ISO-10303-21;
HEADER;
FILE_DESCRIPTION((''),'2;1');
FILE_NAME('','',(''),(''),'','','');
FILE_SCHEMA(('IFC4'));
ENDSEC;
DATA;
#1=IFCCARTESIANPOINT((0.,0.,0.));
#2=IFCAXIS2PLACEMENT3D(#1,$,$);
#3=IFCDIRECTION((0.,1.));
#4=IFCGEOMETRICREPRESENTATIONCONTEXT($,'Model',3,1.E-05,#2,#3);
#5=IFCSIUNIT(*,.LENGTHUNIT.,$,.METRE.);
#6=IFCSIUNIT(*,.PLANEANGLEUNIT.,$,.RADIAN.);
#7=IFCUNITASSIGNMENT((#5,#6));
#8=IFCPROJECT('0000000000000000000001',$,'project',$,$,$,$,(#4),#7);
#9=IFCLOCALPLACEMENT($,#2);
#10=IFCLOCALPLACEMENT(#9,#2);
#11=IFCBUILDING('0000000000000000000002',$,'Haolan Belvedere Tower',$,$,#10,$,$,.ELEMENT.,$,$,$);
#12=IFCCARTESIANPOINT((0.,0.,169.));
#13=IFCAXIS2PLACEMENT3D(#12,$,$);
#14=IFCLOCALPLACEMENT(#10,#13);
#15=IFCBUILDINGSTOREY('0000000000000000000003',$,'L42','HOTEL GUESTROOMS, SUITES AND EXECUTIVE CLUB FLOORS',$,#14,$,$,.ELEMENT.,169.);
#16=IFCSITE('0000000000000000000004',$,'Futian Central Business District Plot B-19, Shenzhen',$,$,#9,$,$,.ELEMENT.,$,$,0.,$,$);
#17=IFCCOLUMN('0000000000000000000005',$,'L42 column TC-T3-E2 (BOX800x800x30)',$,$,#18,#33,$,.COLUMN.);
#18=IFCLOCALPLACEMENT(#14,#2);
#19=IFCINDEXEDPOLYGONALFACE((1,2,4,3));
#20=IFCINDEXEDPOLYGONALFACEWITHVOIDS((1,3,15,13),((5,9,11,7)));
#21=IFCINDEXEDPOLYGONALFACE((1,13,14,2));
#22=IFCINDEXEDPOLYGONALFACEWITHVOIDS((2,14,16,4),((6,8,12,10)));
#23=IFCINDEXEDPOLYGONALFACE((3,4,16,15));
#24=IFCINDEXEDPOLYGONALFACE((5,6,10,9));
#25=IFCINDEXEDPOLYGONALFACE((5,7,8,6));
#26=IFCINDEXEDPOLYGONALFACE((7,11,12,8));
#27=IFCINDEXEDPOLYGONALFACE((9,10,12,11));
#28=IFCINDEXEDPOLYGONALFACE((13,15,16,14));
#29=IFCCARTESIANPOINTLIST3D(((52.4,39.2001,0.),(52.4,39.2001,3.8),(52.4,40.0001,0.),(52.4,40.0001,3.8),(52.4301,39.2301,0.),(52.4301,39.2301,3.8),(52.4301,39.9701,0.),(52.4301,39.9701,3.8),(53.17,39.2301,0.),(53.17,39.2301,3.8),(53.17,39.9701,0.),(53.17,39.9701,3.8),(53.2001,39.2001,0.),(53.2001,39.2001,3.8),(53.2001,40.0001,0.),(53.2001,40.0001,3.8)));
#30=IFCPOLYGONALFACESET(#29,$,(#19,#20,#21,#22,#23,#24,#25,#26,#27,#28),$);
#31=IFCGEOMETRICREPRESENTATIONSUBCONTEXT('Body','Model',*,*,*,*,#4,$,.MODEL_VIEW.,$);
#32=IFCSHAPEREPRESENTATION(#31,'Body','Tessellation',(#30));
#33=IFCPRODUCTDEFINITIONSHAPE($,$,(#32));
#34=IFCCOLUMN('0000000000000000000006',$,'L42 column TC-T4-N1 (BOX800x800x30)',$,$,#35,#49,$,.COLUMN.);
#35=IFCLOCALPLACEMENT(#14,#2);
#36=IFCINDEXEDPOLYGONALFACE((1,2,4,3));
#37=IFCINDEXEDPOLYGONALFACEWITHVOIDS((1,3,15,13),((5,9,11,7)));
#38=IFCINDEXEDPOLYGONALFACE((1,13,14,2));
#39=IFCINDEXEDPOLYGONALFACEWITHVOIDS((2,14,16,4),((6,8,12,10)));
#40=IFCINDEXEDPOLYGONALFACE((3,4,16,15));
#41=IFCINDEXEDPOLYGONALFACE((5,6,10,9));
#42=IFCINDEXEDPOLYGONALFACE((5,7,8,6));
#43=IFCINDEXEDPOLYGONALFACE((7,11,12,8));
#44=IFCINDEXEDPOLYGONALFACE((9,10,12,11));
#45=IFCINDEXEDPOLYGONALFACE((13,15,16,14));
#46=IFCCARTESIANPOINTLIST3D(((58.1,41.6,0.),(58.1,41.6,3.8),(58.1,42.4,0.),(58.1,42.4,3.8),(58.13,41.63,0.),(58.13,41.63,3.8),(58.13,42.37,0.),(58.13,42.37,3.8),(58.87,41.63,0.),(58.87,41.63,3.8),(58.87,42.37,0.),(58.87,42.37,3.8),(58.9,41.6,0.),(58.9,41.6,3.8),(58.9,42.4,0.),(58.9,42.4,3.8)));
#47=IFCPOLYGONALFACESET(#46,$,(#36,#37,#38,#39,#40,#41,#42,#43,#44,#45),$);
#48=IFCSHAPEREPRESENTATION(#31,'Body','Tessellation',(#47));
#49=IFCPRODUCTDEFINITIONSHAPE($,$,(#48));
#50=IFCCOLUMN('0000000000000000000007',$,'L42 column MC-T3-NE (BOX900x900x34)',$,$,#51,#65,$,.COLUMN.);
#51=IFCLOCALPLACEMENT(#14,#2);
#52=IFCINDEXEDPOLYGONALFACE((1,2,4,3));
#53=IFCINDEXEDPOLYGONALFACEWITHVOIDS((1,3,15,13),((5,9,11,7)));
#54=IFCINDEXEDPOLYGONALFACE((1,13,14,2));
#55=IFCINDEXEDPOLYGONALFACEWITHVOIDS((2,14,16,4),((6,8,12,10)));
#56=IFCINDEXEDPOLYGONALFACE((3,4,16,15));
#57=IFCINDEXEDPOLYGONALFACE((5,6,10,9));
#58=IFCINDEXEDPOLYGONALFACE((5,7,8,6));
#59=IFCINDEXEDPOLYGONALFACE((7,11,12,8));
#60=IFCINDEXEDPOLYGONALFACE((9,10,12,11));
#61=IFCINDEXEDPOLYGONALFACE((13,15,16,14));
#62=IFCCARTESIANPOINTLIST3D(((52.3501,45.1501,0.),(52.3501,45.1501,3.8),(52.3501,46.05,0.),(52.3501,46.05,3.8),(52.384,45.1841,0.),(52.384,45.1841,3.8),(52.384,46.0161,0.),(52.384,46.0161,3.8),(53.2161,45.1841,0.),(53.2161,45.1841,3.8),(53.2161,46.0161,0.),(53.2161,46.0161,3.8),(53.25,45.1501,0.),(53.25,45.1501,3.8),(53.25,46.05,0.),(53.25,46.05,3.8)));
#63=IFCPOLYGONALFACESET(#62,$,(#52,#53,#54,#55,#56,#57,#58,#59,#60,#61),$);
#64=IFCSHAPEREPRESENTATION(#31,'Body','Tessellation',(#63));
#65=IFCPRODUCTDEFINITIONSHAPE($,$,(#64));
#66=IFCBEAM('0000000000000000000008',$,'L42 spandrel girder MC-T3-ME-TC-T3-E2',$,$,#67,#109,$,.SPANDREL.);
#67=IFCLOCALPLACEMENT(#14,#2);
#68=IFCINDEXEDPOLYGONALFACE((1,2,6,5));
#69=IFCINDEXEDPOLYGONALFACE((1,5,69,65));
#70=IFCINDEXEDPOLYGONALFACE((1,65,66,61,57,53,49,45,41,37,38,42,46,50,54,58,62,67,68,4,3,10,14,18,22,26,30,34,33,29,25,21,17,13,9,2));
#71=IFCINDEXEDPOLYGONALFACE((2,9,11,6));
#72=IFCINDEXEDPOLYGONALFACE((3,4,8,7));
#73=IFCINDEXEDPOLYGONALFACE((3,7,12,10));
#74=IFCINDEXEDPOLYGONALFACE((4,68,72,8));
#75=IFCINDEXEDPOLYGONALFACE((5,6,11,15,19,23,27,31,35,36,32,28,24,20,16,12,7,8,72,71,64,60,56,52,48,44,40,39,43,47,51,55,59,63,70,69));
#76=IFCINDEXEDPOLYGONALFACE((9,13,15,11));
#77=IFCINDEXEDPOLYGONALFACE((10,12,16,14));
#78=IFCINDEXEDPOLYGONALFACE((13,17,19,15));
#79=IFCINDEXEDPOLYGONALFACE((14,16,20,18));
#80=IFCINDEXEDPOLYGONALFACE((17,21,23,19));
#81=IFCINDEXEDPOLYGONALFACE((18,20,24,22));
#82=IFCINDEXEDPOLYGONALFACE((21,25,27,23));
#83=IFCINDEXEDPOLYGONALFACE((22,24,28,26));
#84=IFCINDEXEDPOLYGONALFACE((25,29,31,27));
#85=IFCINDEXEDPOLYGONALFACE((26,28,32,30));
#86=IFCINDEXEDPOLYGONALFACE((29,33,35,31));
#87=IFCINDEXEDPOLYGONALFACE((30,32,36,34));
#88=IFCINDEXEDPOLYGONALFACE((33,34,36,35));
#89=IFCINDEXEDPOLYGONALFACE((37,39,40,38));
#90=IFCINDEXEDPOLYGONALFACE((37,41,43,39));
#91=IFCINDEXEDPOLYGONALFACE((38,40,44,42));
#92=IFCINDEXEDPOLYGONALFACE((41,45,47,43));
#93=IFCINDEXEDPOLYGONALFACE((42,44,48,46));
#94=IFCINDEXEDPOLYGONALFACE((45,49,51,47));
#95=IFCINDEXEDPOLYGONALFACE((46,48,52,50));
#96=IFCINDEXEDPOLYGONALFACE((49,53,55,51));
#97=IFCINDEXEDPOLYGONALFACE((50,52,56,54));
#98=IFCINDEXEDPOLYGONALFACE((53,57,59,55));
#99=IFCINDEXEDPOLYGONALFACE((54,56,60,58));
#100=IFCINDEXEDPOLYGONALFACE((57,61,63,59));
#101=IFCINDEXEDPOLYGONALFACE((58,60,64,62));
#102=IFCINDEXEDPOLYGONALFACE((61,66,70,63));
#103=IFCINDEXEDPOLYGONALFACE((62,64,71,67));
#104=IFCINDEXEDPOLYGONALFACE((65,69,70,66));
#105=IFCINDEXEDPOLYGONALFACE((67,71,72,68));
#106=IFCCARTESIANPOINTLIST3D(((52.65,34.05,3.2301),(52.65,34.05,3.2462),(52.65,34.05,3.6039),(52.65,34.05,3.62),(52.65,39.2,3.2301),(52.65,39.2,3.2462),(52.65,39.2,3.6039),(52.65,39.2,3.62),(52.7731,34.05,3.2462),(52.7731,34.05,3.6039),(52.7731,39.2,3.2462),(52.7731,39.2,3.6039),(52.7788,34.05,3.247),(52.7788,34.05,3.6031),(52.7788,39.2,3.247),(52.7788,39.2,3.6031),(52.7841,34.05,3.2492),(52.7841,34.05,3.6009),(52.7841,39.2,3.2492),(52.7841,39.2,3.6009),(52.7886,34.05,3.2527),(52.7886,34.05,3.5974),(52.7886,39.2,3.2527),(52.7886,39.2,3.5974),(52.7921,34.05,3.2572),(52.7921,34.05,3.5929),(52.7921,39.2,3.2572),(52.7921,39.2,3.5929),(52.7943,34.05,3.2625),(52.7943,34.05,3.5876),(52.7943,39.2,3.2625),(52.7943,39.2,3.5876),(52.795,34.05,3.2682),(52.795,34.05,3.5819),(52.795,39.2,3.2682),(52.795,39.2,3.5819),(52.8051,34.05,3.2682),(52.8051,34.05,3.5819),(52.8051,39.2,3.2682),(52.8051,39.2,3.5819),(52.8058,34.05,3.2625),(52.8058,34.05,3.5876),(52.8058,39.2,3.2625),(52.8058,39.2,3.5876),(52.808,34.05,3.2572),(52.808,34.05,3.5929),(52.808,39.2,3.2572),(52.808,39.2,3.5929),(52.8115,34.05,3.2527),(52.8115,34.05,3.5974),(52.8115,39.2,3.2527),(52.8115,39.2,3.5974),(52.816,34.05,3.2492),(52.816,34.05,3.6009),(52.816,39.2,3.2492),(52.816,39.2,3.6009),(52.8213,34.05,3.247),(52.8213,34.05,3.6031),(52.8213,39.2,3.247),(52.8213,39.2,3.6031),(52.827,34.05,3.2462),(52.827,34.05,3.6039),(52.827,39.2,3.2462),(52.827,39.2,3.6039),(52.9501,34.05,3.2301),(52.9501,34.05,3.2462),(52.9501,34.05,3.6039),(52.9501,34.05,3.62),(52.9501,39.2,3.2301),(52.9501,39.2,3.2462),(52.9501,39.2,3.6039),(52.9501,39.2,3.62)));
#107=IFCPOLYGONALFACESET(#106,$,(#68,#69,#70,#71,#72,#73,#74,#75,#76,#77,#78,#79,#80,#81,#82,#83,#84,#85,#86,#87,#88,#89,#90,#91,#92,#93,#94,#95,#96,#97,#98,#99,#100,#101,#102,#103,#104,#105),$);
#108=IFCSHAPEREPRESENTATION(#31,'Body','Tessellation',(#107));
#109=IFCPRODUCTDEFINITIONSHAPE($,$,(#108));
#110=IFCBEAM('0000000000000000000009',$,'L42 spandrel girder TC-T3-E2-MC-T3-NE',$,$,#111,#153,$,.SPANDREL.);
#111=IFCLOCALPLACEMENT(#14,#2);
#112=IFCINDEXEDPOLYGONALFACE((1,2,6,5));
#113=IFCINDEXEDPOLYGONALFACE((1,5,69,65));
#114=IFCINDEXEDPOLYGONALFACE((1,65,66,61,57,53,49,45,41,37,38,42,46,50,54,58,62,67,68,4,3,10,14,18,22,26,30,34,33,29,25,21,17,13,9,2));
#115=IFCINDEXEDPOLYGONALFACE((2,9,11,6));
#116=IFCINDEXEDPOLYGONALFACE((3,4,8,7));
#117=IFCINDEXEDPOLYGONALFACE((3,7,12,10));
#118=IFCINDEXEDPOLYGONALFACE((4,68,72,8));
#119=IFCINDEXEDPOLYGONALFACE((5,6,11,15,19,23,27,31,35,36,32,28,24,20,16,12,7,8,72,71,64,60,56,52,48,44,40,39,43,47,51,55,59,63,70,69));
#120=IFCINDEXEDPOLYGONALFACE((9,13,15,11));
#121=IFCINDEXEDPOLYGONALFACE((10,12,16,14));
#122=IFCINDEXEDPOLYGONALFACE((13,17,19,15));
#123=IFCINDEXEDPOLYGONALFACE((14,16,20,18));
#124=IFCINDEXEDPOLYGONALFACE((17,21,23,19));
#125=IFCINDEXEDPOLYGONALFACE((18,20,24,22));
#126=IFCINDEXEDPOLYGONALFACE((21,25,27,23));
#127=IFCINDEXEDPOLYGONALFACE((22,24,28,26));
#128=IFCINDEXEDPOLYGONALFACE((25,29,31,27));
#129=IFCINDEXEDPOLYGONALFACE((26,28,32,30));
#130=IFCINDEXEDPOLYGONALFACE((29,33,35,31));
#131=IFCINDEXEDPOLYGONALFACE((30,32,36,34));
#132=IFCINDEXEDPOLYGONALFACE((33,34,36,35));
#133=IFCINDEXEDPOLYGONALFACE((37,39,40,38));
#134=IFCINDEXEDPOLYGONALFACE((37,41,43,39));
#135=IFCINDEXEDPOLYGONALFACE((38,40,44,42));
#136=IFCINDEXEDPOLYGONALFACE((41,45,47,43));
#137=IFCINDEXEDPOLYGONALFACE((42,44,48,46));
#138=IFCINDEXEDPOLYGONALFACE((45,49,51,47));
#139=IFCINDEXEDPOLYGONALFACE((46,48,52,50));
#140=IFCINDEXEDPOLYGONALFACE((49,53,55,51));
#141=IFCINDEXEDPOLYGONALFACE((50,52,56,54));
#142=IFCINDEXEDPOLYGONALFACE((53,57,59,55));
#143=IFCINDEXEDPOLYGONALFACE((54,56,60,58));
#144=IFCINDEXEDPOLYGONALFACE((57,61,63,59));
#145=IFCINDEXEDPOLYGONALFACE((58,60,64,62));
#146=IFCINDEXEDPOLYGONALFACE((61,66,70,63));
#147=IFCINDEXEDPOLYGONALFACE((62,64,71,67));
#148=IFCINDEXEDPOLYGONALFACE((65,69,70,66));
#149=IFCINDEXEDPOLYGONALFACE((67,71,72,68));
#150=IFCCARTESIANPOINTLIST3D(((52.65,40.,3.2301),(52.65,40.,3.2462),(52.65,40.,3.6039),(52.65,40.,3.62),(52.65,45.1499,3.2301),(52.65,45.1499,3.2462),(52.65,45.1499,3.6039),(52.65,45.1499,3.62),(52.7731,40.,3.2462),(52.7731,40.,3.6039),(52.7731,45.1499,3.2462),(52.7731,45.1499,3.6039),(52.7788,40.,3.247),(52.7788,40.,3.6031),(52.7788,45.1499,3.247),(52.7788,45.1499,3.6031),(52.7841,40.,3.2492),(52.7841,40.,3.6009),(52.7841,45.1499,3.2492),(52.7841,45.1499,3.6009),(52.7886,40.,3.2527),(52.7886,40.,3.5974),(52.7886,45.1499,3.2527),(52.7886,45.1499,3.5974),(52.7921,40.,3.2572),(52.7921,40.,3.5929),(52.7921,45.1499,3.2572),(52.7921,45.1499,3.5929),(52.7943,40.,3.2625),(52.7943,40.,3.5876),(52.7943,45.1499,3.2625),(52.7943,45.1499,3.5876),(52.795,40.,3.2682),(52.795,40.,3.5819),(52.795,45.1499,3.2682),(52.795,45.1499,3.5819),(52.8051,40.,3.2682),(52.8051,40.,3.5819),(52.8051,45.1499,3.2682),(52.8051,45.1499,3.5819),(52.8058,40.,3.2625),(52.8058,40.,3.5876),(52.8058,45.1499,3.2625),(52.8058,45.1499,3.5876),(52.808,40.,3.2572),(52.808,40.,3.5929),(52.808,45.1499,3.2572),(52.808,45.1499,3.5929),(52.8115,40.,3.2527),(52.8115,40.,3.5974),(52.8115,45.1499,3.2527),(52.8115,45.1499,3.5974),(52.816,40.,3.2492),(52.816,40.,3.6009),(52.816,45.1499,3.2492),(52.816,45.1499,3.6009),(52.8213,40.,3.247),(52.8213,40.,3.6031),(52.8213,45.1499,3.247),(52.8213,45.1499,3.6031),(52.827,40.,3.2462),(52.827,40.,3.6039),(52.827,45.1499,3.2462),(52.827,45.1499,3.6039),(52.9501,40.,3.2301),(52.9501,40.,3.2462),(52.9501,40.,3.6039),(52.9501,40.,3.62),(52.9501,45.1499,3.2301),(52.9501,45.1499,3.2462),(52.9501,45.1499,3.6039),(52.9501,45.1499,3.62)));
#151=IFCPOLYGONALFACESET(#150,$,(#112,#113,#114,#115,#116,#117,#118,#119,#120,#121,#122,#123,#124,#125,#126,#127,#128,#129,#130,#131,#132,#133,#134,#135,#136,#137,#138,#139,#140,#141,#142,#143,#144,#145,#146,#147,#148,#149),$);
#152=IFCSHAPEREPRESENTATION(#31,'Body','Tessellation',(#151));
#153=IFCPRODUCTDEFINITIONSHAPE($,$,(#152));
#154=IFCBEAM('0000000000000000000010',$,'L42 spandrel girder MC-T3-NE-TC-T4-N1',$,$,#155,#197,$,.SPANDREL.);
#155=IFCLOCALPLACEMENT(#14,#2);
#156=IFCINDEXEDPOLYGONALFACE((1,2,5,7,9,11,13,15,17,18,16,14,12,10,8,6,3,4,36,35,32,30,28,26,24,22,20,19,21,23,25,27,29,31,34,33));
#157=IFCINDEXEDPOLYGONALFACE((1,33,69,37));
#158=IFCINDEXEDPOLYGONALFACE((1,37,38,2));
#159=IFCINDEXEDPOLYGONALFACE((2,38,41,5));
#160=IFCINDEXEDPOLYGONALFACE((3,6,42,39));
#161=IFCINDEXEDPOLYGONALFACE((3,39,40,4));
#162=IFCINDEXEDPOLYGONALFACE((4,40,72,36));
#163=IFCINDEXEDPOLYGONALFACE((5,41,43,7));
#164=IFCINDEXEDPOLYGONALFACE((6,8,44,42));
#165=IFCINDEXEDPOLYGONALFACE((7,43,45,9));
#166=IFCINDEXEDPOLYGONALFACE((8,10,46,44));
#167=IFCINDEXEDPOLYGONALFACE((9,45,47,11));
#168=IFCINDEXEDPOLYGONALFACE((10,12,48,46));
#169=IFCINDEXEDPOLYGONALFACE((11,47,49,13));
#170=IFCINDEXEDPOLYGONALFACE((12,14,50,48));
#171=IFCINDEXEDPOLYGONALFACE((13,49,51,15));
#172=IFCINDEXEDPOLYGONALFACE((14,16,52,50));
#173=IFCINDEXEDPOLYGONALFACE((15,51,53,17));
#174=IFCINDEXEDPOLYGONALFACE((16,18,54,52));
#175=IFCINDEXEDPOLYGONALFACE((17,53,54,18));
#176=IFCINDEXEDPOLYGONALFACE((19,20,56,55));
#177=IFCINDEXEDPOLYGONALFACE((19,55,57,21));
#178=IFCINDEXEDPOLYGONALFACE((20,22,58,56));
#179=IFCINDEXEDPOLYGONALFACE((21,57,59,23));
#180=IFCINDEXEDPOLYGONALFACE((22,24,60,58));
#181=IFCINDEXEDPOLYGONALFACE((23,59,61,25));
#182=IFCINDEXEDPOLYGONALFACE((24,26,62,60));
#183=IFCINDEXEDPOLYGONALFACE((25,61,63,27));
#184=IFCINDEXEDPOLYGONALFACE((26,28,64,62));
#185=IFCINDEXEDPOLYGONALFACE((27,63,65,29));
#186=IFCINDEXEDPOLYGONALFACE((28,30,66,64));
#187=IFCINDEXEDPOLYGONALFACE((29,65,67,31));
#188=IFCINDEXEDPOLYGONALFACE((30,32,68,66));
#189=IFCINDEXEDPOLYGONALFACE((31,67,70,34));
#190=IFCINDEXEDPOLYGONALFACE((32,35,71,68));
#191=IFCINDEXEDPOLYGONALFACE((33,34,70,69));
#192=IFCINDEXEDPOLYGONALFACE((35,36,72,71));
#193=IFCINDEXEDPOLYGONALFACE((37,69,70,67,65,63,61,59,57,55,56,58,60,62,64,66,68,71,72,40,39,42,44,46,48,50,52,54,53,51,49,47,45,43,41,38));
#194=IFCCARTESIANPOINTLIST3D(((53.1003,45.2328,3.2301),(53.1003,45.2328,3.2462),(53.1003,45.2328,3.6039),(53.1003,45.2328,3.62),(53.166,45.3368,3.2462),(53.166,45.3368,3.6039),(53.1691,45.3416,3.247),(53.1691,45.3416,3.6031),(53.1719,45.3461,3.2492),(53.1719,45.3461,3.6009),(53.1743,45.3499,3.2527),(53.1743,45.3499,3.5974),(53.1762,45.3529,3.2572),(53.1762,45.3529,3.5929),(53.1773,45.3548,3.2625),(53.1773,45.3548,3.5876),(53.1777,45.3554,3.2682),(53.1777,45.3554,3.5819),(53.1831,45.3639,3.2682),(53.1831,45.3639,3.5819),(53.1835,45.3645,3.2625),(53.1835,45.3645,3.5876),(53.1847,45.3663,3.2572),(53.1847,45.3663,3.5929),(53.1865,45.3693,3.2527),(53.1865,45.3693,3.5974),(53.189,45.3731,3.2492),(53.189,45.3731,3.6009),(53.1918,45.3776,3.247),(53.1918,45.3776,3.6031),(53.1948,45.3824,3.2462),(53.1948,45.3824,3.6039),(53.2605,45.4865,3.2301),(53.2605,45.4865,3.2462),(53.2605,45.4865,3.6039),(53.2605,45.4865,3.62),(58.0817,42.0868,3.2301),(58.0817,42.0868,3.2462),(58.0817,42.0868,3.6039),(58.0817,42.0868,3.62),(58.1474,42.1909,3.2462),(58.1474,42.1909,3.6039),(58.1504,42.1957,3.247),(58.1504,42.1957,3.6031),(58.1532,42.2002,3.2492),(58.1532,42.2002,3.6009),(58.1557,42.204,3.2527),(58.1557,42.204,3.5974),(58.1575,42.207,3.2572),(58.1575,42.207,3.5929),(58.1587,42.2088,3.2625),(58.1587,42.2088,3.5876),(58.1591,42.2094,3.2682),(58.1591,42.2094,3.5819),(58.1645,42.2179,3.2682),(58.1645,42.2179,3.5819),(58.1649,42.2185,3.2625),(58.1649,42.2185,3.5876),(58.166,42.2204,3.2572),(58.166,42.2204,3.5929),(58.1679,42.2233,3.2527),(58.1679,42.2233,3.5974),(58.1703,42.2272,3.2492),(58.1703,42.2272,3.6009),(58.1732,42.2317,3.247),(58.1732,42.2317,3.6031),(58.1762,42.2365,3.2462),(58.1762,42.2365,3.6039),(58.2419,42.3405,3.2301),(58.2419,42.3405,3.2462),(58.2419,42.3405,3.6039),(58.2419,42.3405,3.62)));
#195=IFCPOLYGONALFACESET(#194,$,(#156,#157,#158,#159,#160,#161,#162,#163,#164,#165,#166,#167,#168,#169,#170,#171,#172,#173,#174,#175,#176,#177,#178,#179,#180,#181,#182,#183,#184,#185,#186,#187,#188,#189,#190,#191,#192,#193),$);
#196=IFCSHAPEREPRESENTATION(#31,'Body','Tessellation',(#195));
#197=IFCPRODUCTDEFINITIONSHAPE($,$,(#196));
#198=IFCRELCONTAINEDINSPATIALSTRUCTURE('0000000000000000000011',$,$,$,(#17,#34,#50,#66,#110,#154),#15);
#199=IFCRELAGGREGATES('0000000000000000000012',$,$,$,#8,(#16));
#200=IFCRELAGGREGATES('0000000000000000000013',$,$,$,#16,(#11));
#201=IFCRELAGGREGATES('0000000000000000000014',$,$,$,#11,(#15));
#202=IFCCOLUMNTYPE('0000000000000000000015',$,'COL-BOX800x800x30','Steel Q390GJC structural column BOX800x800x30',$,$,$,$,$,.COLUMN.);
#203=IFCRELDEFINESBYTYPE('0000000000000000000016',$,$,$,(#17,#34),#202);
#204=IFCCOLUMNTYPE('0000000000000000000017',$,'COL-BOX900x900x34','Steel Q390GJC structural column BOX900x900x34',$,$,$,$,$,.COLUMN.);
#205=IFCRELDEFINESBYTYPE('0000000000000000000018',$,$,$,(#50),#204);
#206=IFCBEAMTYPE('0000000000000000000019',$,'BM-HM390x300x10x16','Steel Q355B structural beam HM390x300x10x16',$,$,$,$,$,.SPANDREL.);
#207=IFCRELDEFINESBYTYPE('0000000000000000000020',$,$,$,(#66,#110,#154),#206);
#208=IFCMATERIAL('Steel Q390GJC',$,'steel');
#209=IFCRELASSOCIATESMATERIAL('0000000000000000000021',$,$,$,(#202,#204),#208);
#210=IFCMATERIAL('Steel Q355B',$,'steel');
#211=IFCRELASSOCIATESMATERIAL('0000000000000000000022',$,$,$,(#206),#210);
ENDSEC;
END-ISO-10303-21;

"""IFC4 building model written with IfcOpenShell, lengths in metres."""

from ifc_helpers import new_model, si_unit, direction, frame, origin, origin_2d, place, context, subcontext, project, spatial, hollow_rectangle, i_section, extrude, material, material_profile, profile_set, type_object, element, save


model = new_model("IFC4")

# Units and contexts
model_context = context("Model", 3, precision=1e-05, world=origin(), true_north=direction((0.0, 1.0)))
body_context = subcontext(model_context, "Body", "Model", "MODEL_VIEW")
ifc_project = project(units=[si_unit("LENGTHUNIT", "METRE"), si_unit("PLANEANGLEUNIT", "RADIAN")], contexts=[model_context])

# Site, building, storey
site_placement = place(None, origin())
site = spatial("IfcSite", under=ifc_project, at=site_placement, Name="Futian Central Business District Plot B-19, Shenzhen", CompositionType="ELEMENT", RefElevation=0.0)
building_placement = place(site_placement, origin())
building = spatial("IfcBuilding", under=site, at=building_placement, Name="Haolan Belvedere Tower", CompositionType="ELEMENT")
storey_placement = place(building_placement, frame((0.0, 0.0, 169.0)))
storey = spatial("IfcBuildingStorey", under=building, at=storey_placement, Name="L42", Description="HOTEL GUESTROOMS, SUITES AND EXECUTIVE CLUB FLOORS", CompositionType="ELEMENT", Elevation=169.0)

# Columns
ifc_material_1 = material(Name="Steel Q390GJC", Category="steel")
ifc_material_profile_1 = material_profile(ifc_material_1, hollow_rectangle(XDim=0.8, YDim=0.8, WallThickness=0.03, at=origin_2d()), Name="Steel Q390GJC")
ifc_profile_set_1 = profile_set([ifc_material_profile_1], Name="Steel Q390GJC")
column_type_1 = type_object("IfcColumnType", Name="COL-BOX800x800x30", Description="Steel Q390GJC structural column BOX800x800x30", PredefinedType="COLUMN", material=ifc_profile_set_1)
for number, where, z_axis, x_axis, name in (
    (1, (52.8, 39.6001, 0.0), (0.0, 0.0, 1.0), (1.0, 0.0, 0.0), "L42 column TC-T3-E2 (BOX800x800x30)"),
    (2, (58.5, 42.0, 0.0), (0.0, 0.0, 1.0), (1.0, 0.0, 0.0), "L42 column TC-T4-N1 (BOX800x800x30)"),
):
    element("IfcColumn", number, at=place(storey_placement, frame(where, z_axis=z_axis, x_axis=x_axis)), inside=storey, type_object=column_type_1, Name=name, PredefinedType="COLUMN", context=body_context, shape_type="SweptSolid", body=[
        extrude(hollow_rectangle(XDim=0.8, YDim=0.8, WallThickness=0.03, at=origin_2d()), origin(), (0.0, 0.0, 1.0), 3.8),
    ])
ifc_material_profile_2 = material_profile(ifc_material_1, hollow_rectangle(XDim=0.8999, YDim=0.8999, WallThickness=0.0339, at=origin_2d()), Name="Steel Q390GJC")
ifc_profile_set_2 = profile_set([ifc_material_profile_2], Name="Steel Q390GJC")
column_type_2 = type_object("IfcColumnType", Name="COL-BOX900x900x34", Description="Steel Q390GJC structural column BOX900x900x34", PredefinedType="COLUMN", material=ifc_profile_set_2)
column_placement = place(storey_placement, frame((52.8, 45.6001, 0.0), z_axis=(0.0, 0.0, 1.0), x_axis=(1.0, 0.0, 0.0)))
element("IfcColumn", 3, at=column_placement, inside=storey, type_object=column_type_2, Name="L42 column MC-T3-NE (BOX900x900x34)", PredefinedType="COLUMN", context=body_context, shape_type="SweptSolid", body=[
    extrude(hollow_rectangle(XDim=0.8999, YDim=0.8999, WallThickness=0.0339, at=origin_2d()), origin(), (0.0, 0.0, 1.0), 3.8),
])

# Beams
ifc_material_2 = material(Name="Steel Q355B", Category="steel")
ifc_material_profile_3 = material_profile(ifc_material_2, i_section(OverallWidth=0.3, OverallDepth=0.3899, WebThickness=0.01, FlangeThickness=0.0161, FilletRadius=0.022, at=origin_2d()), Name="Steel Q355B")
ifc_profile_set_3 = profile_set([ifc_material_profile_3], Name="Steel Q355B")
beam_type_1 = type_object("IfcBeamType", Name="BM-HM390x300x10x16", Description="Steel Q355B structural beam HM390x300x10x16", PredefinedType="SPANDREL", material=ifc_profile_set_3)
for number, where, z_axis, x_axis, name in (
    (4, (52.8, 34.05, 3.425), (0.0, 1.0, 0.0), (-1.0, 0.0, 0.0), "L42 spandrel girder MC-T3-ME-TC-T3-E2"),
    (5, (52.8, 40.0, 3.425), (0.0, 1.0, 0.0), (-1.0, 0.0, 0.0), "L42 spandrel girder TC-T3-E2-MC-T3-NE"),
):
    element("IfcBeam", number, at=place(storey_placement, frame(where, z_axis=z_axis, x_axis=x_axis)), inside=storey, type_object=beam_type_1, Name=name, PredefinedType="SPANDREL", context=body_context, shape_type="SweptSolid", body=[
        extrude(i_section(OverallWidth=0.3, OverallDepth=0.3899, WebThickness=0.01, FlangeThickness=0.0161, FilletRadius=0.022, at=origin_2d()), origin(), (0.0, 0.0, 1.0), 5.1499),
    ])
beam_1_placement = place(storey_placement, frame((53.1804, 45.3596, 3.425), z_axis=(0.845503, -0.533971, 0.0), x_axis=(0.533971, 0.845503, 0.0)))
element("IfcBeam", 6, at=beam_1_placement, inside=storey, type_object=beam_type_1, Name="L42 spandrel girder MC-T3-NE-TC-T4-N1", PredefinedType="SPANDREL", context=body_context, shape_type="SweptSolid", body=[
    extrude(i_section(OverallWidth=0.3, OverallDepth=0.3899, WebThickness=0.01, FlangeThickness=0.0161, FilletRadius=0.022, at=origin_2d()), origin(), (0.0, 0.0, 1.0), 5.8916),
])

save(model, "model.ifc")
